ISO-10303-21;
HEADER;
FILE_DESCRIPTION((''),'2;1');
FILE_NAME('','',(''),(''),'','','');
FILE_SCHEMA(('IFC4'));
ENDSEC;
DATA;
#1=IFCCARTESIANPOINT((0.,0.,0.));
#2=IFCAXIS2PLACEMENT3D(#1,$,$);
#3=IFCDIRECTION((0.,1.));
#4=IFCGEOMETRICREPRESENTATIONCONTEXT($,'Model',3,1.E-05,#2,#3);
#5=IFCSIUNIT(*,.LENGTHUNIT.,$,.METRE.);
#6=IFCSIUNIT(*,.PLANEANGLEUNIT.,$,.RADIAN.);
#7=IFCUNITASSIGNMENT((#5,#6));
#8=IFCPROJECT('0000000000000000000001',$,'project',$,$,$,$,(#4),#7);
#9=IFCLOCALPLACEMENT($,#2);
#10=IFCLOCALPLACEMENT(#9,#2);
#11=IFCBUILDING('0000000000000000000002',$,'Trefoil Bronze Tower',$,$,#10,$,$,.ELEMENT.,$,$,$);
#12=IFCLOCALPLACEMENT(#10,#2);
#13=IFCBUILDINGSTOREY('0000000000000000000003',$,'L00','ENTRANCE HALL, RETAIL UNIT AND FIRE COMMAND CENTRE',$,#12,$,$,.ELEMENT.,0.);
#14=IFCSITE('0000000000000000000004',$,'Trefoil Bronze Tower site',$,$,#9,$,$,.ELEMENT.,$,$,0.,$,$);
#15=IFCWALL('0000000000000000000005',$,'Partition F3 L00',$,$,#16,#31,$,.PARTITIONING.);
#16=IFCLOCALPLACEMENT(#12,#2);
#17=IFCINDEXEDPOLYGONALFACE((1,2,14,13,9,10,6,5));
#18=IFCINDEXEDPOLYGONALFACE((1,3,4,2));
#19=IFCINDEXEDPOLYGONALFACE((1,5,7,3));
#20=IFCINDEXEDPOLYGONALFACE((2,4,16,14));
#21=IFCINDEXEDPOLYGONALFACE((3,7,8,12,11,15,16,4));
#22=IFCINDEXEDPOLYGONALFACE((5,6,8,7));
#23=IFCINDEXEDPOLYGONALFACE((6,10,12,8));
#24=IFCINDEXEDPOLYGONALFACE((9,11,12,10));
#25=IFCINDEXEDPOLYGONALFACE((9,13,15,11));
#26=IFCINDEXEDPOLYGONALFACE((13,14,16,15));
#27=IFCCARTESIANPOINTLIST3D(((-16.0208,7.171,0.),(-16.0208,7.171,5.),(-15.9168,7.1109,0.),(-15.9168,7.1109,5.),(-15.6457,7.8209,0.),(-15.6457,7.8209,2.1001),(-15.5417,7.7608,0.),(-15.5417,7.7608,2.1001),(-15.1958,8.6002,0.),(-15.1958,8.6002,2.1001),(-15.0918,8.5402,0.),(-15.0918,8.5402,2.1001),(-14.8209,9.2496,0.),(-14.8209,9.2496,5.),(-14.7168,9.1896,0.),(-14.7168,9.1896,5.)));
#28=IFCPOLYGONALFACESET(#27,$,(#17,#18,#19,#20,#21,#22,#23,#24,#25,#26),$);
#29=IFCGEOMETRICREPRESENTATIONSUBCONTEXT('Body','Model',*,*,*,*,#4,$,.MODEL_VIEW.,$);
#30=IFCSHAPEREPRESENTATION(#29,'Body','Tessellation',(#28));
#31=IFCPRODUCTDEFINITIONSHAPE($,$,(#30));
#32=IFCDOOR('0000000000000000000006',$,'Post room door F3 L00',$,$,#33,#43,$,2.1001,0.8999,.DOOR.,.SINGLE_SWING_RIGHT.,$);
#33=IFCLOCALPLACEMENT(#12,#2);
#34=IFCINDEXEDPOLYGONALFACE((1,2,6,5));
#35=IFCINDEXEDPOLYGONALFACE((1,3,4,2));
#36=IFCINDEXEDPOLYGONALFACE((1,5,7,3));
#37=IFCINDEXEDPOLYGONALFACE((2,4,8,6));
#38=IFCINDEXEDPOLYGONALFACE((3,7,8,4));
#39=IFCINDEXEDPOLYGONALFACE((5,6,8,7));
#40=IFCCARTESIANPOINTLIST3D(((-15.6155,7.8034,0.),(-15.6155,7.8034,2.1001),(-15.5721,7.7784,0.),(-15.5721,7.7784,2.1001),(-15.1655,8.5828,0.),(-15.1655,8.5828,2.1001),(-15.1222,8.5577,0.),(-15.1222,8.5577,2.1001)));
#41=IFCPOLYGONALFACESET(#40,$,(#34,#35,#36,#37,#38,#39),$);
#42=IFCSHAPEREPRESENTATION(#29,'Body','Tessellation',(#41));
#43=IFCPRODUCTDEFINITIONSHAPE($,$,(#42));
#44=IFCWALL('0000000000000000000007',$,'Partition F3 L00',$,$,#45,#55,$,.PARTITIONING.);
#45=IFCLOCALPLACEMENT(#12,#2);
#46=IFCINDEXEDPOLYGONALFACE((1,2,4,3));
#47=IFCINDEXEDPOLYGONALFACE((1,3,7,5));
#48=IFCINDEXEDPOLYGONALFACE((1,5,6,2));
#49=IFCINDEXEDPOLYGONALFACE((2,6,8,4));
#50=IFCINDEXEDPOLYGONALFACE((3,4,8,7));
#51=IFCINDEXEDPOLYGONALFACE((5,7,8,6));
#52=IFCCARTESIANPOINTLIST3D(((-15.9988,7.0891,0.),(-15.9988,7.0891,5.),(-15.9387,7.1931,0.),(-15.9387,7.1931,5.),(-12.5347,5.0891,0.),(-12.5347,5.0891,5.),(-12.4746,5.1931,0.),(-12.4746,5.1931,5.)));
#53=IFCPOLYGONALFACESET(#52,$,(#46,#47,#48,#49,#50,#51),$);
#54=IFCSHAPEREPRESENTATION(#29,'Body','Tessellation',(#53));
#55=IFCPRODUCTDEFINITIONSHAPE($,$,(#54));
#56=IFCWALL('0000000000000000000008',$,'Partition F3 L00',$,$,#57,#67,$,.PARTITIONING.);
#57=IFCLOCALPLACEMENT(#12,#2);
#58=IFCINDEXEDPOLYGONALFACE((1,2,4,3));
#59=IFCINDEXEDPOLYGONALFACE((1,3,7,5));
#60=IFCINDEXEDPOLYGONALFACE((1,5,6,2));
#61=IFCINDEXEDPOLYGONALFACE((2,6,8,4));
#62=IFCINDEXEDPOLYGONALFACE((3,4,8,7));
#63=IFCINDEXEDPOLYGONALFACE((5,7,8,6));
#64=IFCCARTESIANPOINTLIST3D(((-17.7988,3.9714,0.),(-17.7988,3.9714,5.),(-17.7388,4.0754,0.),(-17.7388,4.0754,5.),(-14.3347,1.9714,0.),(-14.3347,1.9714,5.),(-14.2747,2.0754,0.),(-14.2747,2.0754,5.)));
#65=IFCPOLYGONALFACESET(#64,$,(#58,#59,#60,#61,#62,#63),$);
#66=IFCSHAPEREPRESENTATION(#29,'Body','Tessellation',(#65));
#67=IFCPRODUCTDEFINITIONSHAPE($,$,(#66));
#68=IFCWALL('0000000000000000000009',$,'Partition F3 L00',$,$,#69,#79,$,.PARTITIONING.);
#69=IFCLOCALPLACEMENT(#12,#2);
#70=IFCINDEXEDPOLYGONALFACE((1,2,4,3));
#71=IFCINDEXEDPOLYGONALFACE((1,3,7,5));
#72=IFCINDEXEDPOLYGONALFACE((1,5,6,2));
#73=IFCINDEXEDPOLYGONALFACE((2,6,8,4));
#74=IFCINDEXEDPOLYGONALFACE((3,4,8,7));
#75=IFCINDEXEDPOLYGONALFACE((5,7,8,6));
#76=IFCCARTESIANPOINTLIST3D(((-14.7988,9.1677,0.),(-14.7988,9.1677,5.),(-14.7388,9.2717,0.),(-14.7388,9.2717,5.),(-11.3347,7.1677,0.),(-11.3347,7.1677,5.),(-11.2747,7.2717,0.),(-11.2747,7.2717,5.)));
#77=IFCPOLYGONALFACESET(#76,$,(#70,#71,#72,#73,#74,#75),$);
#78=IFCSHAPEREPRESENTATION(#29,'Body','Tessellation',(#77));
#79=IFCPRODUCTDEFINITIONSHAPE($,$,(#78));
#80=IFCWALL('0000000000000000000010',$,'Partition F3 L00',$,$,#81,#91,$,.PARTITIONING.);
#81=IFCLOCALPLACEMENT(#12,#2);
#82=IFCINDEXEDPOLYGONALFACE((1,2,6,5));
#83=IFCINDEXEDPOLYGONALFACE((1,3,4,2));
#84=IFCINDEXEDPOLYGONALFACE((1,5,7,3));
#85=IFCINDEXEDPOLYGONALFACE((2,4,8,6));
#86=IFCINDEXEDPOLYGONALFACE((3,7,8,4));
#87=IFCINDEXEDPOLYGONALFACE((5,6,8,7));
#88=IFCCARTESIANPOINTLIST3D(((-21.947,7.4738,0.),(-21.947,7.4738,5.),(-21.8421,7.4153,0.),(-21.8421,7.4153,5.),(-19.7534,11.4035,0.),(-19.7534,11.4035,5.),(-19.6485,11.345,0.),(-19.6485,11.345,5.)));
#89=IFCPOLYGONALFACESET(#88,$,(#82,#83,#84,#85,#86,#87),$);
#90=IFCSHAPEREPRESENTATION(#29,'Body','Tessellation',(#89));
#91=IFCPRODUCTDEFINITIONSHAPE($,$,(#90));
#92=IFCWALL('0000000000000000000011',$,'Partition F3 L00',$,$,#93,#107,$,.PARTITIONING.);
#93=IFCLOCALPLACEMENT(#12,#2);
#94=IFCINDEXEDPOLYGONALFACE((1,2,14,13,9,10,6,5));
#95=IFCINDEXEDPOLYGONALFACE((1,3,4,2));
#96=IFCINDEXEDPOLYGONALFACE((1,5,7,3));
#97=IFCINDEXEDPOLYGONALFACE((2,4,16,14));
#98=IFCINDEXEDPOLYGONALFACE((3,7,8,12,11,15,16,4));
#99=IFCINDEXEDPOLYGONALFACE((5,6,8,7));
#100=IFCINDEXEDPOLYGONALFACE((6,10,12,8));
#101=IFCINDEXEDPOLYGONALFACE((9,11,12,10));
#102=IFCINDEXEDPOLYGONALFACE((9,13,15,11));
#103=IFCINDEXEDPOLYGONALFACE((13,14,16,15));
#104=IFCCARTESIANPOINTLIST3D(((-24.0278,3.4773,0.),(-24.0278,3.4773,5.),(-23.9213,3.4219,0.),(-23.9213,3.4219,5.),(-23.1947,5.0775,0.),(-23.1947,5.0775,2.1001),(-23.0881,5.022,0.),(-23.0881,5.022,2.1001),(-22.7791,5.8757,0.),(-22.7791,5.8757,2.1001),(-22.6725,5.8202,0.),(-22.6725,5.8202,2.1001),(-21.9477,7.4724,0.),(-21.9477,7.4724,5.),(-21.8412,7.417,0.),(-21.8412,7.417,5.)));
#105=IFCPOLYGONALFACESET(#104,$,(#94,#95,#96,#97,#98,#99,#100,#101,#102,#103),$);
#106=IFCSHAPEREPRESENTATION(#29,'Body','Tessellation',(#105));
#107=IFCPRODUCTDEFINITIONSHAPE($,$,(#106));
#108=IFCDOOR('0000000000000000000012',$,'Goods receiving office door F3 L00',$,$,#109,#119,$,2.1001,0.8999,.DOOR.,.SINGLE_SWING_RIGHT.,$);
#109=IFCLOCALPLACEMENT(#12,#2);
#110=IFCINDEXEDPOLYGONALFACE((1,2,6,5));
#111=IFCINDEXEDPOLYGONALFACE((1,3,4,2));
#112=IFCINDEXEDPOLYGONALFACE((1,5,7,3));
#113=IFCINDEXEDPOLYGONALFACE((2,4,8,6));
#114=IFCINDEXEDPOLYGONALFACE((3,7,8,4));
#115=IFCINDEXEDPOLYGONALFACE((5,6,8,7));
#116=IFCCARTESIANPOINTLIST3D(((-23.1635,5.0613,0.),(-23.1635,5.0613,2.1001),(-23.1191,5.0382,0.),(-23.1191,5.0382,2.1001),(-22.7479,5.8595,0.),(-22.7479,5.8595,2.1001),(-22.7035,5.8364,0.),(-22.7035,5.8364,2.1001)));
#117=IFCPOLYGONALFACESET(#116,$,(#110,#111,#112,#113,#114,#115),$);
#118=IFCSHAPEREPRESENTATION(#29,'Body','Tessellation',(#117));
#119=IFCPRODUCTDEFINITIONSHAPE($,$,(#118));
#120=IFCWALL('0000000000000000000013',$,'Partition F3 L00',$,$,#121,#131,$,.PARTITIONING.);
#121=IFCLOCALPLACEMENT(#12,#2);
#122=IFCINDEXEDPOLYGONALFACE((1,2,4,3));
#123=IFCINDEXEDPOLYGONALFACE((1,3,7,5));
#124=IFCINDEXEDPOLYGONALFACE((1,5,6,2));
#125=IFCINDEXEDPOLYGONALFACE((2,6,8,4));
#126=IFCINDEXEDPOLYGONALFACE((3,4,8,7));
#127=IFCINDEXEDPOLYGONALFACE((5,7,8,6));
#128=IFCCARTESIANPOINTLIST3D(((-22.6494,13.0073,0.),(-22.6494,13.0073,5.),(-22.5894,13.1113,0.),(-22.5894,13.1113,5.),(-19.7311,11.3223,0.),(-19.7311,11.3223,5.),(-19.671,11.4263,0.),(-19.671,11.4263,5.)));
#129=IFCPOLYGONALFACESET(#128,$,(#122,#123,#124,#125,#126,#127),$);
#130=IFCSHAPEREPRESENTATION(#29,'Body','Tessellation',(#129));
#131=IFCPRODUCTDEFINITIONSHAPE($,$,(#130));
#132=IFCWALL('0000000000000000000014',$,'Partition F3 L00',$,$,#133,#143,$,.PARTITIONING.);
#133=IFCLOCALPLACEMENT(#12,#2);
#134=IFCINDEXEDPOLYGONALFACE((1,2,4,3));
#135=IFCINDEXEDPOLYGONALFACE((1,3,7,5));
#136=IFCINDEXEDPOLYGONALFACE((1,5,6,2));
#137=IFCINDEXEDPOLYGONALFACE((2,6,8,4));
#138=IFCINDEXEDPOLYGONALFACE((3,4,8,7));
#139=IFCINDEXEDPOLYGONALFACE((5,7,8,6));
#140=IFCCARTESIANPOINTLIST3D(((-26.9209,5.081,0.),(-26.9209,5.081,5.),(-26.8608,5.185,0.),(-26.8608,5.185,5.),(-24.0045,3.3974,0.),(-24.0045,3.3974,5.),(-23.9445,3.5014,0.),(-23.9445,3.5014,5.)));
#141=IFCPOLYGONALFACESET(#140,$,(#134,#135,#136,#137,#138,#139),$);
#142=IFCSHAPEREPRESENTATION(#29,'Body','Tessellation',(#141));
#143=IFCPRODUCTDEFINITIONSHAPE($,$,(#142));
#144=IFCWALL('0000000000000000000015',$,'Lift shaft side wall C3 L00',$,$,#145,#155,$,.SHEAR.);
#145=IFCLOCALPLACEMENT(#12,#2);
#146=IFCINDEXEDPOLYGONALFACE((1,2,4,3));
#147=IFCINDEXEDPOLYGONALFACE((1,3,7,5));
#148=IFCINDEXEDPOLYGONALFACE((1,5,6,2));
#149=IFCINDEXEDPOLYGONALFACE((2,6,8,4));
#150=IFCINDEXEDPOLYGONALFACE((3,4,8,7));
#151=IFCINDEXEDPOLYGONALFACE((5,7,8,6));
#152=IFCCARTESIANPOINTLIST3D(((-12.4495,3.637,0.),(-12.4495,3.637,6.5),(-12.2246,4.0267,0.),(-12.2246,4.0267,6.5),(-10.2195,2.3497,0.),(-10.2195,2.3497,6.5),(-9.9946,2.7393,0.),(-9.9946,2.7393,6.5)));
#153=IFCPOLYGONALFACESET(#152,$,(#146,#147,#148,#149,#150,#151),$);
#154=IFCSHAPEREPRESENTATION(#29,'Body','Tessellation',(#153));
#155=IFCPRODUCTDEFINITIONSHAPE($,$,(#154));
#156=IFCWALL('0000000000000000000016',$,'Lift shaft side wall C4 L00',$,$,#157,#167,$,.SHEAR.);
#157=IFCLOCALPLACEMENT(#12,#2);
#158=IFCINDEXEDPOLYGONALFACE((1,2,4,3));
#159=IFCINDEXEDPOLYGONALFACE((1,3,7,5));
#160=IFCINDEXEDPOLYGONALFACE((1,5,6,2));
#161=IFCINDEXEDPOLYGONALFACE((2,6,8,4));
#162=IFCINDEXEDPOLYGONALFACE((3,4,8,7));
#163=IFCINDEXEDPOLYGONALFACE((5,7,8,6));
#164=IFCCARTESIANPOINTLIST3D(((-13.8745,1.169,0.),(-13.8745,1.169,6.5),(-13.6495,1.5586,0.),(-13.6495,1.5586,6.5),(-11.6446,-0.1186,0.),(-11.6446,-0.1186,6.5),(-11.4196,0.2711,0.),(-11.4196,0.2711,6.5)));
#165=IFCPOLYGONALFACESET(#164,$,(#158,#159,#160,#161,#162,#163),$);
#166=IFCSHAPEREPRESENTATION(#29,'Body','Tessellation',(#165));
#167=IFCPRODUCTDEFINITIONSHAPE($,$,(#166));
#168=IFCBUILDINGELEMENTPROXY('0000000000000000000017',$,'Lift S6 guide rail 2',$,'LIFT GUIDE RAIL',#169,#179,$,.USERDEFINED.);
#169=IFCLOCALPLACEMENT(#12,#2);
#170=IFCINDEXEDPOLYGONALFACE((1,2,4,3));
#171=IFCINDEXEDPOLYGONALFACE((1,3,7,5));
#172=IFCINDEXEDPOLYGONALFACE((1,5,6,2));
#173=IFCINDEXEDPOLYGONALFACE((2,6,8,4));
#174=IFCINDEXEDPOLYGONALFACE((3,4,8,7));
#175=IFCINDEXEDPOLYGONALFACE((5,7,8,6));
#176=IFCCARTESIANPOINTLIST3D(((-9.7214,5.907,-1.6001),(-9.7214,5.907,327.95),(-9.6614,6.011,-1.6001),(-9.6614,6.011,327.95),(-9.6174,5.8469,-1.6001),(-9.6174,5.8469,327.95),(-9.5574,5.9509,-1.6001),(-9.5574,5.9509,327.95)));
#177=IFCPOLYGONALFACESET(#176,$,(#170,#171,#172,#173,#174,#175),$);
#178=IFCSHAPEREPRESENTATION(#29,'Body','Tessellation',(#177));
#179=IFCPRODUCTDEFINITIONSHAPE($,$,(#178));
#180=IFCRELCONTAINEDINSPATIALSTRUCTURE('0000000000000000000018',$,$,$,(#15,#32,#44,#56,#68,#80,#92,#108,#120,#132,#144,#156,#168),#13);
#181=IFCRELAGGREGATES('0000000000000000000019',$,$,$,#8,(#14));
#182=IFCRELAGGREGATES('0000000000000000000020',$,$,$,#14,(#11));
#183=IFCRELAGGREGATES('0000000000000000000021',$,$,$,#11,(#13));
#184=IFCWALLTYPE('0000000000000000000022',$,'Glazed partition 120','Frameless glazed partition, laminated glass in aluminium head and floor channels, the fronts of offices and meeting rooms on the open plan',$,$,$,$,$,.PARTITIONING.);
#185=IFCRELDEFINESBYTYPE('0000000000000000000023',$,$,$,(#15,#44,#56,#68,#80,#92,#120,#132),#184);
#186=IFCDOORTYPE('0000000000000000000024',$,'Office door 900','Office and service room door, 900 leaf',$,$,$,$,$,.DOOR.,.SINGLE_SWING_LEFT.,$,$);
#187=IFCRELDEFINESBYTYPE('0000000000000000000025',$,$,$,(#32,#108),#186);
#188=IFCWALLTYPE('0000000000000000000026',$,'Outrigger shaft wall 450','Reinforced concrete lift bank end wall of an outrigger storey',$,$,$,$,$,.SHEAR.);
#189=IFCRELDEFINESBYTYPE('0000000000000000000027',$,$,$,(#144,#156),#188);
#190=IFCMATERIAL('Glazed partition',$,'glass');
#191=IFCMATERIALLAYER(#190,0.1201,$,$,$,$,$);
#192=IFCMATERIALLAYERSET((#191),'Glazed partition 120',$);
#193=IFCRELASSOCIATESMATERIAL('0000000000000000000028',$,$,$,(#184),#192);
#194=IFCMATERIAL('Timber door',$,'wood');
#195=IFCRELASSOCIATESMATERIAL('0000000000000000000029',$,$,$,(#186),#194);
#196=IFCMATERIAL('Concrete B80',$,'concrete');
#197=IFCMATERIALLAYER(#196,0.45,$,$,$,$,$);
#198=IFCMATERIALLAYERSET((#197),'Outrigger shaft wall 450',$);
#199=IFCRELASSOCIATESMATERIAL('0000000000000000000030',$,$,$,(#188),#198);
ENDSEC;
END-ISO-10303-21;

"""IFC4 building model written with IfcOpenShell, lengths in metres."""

from ifc_helpers import new_model, si_unit, direction, frame, frame_2d, origin, origin_2d, place, context, subcontext, project, spatial, rectangle, extrude, material, layer, layer_set, type_object, element, fill, save


model = new_model("IFC4")

# Units and contexts
model_context = context("Model", 3, precision=1e-05, world=origin(), true_north=direction((0.0, 1.0)))
body_context = subcontext(model_context, "Body", "Model", "MODEL_VIEW")
ifc_project = project(units=[si_unit("LENGTHUNIT", "METRE"), si_unit("PLANEANGLEUNIT", "RADIAN")], contexts=[model_context])

# Site, building, storey
site_placement = place(None, origin())
site = spatial("IfcSite", under=ifc_project, at=site_placement, Name="Trefoil Bronze Tower site", CompositionType="ELEMENT", RefElevation=0.0)
building_placement = place(site_placement, origin())
building = spatial("IfcBuilding", under=site, at=building_placement, Name="Trefoil Bronze Tower", CompositionType="ELEMENT")
storey_placement = place(building_placement, origin())
storey = spatial("IfcBuildingStorey", under=building, at=storey_placement, Name="L00", Description="ENTRANCE HALL, RETAIL UNIT AND FIRE COMMAND CENTRE", CompositionType="ELEMENT", Elevation=0.0)

# Wall, opening, door
ifc_material_1 = material(Name="Glazed partition", Category="glass")
ifc_layer_1 = layer(ifc_material_1, 0.1201)
ifc_layer_set_1 = layer_set([ifc_layer_1], Name="Glazed partition 120")
wall_type_1 = type_object("IfcWallType", Name="Glazed partition 120", Description="Frameless glazed partition, laminated glass in aluminium head and floor channels, the fronts of offices and meeting rooms on the open plan", PredefinedType="PARTITIONING", material=ifc_layer_set_1)
ifc_material_2 = material(Name="Timber door", Category="wood")
door_type = type_object("IfcDoorType", Name="Office door 900", Description="Office and service room door, 900 leaf", OperationType="SINGLE_SWING_LEFT", PredefinedType="DOOR", material=ifc_material_2)
wall_1_placement = place(storey_placement, frame((-14.7688, 9.2197, 0.0), z_axis=(0.0, 0.0, 1.0), x_axis=(-0.499957, -0.86605, 0.0)))
wall_1 = element("IfcWall", 1, at=wall_1_placement, inside=storey, type_object=wall_type_1, Name="Partition F3 L00", PredefinedType="PARTITIONING", context=body_context, shape_type="SweptSolid", body=[
    extrude(rectangle(XDim=2.4001, YDim=0.1201, at=frame_2d((1.2002, 0.0))), origin(), (0.0, 0.0, 1.0), 5.0),
])
opening_1_placement = place(wall_1_placement, frame((0.75, 0.0, 0.0)))
opening_1 = element("IfcOpeningElement", 2, at=opening_1_placement, cuts=wall_1, PredefinedType="OPENING", context=body_context, shape_type="SweptSolid", body=[
    extrude(rectangle(XDim=0.8999, YDim=2.1001, at=frame_2d((0.45, 1.05))), frame((0.0, 0.0701, 0.0), z_axis=(0.0, -1.0, 0.0), x_axis=(1.0, 0.0, 0.0)), (0.0, 0.0, 1.0), 0.1401),
])
door_1_placement = place(opening_1_placement, origin())
door_1 = element("IfcDoor", 3, at=door_1_placement, inside=storey, type_object=door_type, Name="Post room door F3 L00", OperationType="SINGLE_SWING_RIGHT", OverallHeight=2.1001, OverallWidth=0.8999, PredefinedType="DOOR", context=body_context, shape_type="SweptSolid", body=[
    extrude(rectangle(XDim=0.8999, YDim=2.1001, at=frame_2d((0.45, 1.05))), frame((0.0, 0.0249, 0.0), z_axis=(0.0, -1.0, 0.0), x_axis=(1.0, 0.0, 0.0)), (0.0, 0.0, 1.0), 0.05),
])
fill(opening_1, door_1)

# Walls
for number, where, z_axis, x_axis, name in (
    (4, (-12.5046, 5.1411, 0.0), (0.0, 0.0, 1.0), (-0.866026, 0.499999, 0.0), "Partition F3 L00"),
    (5, (-14.3047, 2.0234, 0.0), (0.0, 0.0, 1.0), (-0.866026, 0.499999, 0.0), "Partition F3 L00"),
    (6, (-11.3047, 7.2197, 0.0), (0.0, 0.0, 1.0), (-0.866026, 0.499999, 0.0), "Partition F3 L00"),
):
    element("IfcWall", number, at=place(storey_placement, frame(where, z_axis=z_axis, x_axis=x_axis)), inside=storey, type_object=wall_type_1, Name=name, PredefinedType="PARTITIONING", context=body_context, shape_type="SweptSolid", body=[
        extrude(rectangle(XDim=4.0, YDim=0.1201, at=frame_2d((2.0, 0.0))), origin(), (0.0, 0.0, 1.0), 5.0),
    ])
wall_2_placement = place(storey_placement, frame((-19.7009, 11.3743, 0.0), z_axis=(0.0, 0.0, 1.0), x_axis=(-0.487415, -0.87317, 0.0)))
element("IfcWall", 7, at=wall_2_placement, inside=storey, type_object=wall_type_1, Name="Partition F3 L00", PredefinedType="PARTITIONING", context=body_context, shape_type="SweptSolid", body=[
    extrude(rectangle(XDim=4.5005, YDim=0.1201, at=frame_2d((2.2502, 0.0))), origin(), (0.0, 0.0, 1.0), 5.0),
])

# Wall, opening, door
wall_3_placement = place(storey_placement, frame((-21.8945, 7.4446, 0.0), z_axis=(0.0, 0.0, 1.0), x_axis=(-0.46181, -0.886979, 0.0)))
wall_3 = element("IfcWall", 8, at=wall_3_placement, inside=storey, type_object=wall_type_1, Name="Partition F3 L00", PredefinedType="PARTITIONING", context=body_context, shape_type="SweptSolid", body=[
    extrude(rectangle(XDim=4.5042, YDim=0.1201, at=frame_2d((2.252, 0.0))), origin(), (0.0, 0.0, 1.0), 5.0),
])
opening_2_placement = place(wall_3_placement, frame((1.8, 0.0, 0.0)))
opening_2 = element("IfcOpeningElement", 9, at=opening_2_placement, cuts=wall_3, PredefinedType="OPENING", context=body_context, shape_type="SweptSolid", body=[
    extrude(rectangle(XDim=0.8999, YDim=2.1001, at=frame_2d((0.45, 1.05))), frame((0.0, 0.0701, 0.0), z_axis=(0.0, -1.0, 0.0), x_axis=(1.0, 0.0, 0.0)), (0.0, 0.0, 1.0), 0.1401),
])
door_2_placement = place(opening_2_placement, frame((0.8999, 0.0, 0.0), z_axis=(0.0, 0.0, 1.0), x_axis=(-1.0, 0.0, 0.0)))
door_2 = element("IfcDoor", 10, at=door_2_placement, inside=storey, type_object=door_type, Name="Goods receiving office door F3 L00", OperationType="SINGLE_SWING_RIGHT", OverallHeight=2.1001, OverallWidth=0.8999, PredefinedType="DOOR", context=body_context, shape_type="SweptSolid", body=[
    extrude(rectangle(XDim=0.8999, YDim=2.1001, at=frame_2d((0.45, 1.05))), frame((0.0, 0.0249, 0.0), z_axis=(0.0, -1.0, 0.0), x_axis=(1.0, 0.0, 0.0)), (0.0, 0.0, 1.0), 0.05),
])
fill(opening_2, door_2)

# Walls
wall_4_placement = place(storey_placement, frame((-19.7009, 11.3743, 0.0), z_axis=(0.0, 0.0, 1.0), x_axis=(-0.866014, 0.500019, 0.0)))
element("IfcWall", 11, at=wall_4_placement, inside=storey, type_object=wall_type_1, Name="Partition F3 L00", PredefinedType="PARTITIONING", context=body_context, shape_type="SweptSolid", body=[
    extrude(rectangle(XDim=3.3699, YDim=0.1201, at=frame_2d((1.6851, 0.0))), origin(), (0.0, 0.0, 1.0), 5.0),
])
wall_5_placement = place(storey_placement, frame((-23.9746, 3.4495, 0.0), z_axis=(0.0, 0.0, 1.0), x_axis=(-0.866039, 0.499976, 0.0)))
element("IfcWall", 12, at=wall_5_placement, inside=storey, type_object=wall_type_1, Name="Partition F3 L00", PredefinedType="PARTITIONING", context=body_context, shape_type="SweptSolid", body=[
    extrude(rectangle(XDim=3.3674, YDim=0.1201, at=frame_2d((1.6836, 0.0))), origin(), (0.0, 0.0, 1.0), 5.0),
])
ifc_material_3 = material(Name="Concrete B80", Category="concrete")
ifc_layer_2 = layer(ifc_material_3, 0.45)
ifc_layer_set_2 = layer_set([ifc_layer_2], Name="Outrigger shaft wall 450")
wall_type_2 = type_object("IfcWallType", Name="Outrigger shaft wall 450", Description="Reinforced concrete lift bank end wall of an outrigger storey", PredefinedType="SHEAR", material=ifc_layer_set_2)
for number, where, z_axis, x_axis, name in (
    (13, (-10.1069, 2.5444, 0.0), (0.0, 0.0, 1.0), (-0.866047, 0.499963, 0.0), "Lift shaft side wall C3 L00"),
    (14, (-11.532, 0.0762, 0.0), (0.0, 0.0, 1.0), (-0.866006, 0.500034, 0.0), "Lift shaft side wall C4 L00"),
):
    element("IfcWall", number, at=place(storey_placement, frame(where, z_axis=z_axis, x_axis=x_axis)), inside=storey, type_object=wall_type_2, Name=name, PredefinedType="SHEAR", context=body_context, shape_type="SweptSolid", body=[
        extrude(rectangle(XDim=2.575, YDim=0.45, at=frame_2d((1.2876, 0.0))), origin(), (0.0, 0.0, 1.0), 6.5),
    ])

# Building element proxy
proxy_placement = place(storey_placement, frame((-9.6394, 5.929, -1.6001), z_axis=(0.0, 0.0, 1.0), x_axis=(-0.5, -0.866025, 0.0)))
element("IfcBuildingElementProxy", 15, at=proxy_placement, inside=storey, Name="Lift S6 guide rail 2", ObjectType="LIFT GUIDE RAIL", PredefinedType="USERDEFINED", context=body_context, shape_type="SweptSolid", body=[
    extrude(rectangle(XDim=0.1201, YDim=0.1201, at=origin_2d()), origin(), (0.0, 0.0, 1.0), 329.55),
])

save(model, "model.ifc")
